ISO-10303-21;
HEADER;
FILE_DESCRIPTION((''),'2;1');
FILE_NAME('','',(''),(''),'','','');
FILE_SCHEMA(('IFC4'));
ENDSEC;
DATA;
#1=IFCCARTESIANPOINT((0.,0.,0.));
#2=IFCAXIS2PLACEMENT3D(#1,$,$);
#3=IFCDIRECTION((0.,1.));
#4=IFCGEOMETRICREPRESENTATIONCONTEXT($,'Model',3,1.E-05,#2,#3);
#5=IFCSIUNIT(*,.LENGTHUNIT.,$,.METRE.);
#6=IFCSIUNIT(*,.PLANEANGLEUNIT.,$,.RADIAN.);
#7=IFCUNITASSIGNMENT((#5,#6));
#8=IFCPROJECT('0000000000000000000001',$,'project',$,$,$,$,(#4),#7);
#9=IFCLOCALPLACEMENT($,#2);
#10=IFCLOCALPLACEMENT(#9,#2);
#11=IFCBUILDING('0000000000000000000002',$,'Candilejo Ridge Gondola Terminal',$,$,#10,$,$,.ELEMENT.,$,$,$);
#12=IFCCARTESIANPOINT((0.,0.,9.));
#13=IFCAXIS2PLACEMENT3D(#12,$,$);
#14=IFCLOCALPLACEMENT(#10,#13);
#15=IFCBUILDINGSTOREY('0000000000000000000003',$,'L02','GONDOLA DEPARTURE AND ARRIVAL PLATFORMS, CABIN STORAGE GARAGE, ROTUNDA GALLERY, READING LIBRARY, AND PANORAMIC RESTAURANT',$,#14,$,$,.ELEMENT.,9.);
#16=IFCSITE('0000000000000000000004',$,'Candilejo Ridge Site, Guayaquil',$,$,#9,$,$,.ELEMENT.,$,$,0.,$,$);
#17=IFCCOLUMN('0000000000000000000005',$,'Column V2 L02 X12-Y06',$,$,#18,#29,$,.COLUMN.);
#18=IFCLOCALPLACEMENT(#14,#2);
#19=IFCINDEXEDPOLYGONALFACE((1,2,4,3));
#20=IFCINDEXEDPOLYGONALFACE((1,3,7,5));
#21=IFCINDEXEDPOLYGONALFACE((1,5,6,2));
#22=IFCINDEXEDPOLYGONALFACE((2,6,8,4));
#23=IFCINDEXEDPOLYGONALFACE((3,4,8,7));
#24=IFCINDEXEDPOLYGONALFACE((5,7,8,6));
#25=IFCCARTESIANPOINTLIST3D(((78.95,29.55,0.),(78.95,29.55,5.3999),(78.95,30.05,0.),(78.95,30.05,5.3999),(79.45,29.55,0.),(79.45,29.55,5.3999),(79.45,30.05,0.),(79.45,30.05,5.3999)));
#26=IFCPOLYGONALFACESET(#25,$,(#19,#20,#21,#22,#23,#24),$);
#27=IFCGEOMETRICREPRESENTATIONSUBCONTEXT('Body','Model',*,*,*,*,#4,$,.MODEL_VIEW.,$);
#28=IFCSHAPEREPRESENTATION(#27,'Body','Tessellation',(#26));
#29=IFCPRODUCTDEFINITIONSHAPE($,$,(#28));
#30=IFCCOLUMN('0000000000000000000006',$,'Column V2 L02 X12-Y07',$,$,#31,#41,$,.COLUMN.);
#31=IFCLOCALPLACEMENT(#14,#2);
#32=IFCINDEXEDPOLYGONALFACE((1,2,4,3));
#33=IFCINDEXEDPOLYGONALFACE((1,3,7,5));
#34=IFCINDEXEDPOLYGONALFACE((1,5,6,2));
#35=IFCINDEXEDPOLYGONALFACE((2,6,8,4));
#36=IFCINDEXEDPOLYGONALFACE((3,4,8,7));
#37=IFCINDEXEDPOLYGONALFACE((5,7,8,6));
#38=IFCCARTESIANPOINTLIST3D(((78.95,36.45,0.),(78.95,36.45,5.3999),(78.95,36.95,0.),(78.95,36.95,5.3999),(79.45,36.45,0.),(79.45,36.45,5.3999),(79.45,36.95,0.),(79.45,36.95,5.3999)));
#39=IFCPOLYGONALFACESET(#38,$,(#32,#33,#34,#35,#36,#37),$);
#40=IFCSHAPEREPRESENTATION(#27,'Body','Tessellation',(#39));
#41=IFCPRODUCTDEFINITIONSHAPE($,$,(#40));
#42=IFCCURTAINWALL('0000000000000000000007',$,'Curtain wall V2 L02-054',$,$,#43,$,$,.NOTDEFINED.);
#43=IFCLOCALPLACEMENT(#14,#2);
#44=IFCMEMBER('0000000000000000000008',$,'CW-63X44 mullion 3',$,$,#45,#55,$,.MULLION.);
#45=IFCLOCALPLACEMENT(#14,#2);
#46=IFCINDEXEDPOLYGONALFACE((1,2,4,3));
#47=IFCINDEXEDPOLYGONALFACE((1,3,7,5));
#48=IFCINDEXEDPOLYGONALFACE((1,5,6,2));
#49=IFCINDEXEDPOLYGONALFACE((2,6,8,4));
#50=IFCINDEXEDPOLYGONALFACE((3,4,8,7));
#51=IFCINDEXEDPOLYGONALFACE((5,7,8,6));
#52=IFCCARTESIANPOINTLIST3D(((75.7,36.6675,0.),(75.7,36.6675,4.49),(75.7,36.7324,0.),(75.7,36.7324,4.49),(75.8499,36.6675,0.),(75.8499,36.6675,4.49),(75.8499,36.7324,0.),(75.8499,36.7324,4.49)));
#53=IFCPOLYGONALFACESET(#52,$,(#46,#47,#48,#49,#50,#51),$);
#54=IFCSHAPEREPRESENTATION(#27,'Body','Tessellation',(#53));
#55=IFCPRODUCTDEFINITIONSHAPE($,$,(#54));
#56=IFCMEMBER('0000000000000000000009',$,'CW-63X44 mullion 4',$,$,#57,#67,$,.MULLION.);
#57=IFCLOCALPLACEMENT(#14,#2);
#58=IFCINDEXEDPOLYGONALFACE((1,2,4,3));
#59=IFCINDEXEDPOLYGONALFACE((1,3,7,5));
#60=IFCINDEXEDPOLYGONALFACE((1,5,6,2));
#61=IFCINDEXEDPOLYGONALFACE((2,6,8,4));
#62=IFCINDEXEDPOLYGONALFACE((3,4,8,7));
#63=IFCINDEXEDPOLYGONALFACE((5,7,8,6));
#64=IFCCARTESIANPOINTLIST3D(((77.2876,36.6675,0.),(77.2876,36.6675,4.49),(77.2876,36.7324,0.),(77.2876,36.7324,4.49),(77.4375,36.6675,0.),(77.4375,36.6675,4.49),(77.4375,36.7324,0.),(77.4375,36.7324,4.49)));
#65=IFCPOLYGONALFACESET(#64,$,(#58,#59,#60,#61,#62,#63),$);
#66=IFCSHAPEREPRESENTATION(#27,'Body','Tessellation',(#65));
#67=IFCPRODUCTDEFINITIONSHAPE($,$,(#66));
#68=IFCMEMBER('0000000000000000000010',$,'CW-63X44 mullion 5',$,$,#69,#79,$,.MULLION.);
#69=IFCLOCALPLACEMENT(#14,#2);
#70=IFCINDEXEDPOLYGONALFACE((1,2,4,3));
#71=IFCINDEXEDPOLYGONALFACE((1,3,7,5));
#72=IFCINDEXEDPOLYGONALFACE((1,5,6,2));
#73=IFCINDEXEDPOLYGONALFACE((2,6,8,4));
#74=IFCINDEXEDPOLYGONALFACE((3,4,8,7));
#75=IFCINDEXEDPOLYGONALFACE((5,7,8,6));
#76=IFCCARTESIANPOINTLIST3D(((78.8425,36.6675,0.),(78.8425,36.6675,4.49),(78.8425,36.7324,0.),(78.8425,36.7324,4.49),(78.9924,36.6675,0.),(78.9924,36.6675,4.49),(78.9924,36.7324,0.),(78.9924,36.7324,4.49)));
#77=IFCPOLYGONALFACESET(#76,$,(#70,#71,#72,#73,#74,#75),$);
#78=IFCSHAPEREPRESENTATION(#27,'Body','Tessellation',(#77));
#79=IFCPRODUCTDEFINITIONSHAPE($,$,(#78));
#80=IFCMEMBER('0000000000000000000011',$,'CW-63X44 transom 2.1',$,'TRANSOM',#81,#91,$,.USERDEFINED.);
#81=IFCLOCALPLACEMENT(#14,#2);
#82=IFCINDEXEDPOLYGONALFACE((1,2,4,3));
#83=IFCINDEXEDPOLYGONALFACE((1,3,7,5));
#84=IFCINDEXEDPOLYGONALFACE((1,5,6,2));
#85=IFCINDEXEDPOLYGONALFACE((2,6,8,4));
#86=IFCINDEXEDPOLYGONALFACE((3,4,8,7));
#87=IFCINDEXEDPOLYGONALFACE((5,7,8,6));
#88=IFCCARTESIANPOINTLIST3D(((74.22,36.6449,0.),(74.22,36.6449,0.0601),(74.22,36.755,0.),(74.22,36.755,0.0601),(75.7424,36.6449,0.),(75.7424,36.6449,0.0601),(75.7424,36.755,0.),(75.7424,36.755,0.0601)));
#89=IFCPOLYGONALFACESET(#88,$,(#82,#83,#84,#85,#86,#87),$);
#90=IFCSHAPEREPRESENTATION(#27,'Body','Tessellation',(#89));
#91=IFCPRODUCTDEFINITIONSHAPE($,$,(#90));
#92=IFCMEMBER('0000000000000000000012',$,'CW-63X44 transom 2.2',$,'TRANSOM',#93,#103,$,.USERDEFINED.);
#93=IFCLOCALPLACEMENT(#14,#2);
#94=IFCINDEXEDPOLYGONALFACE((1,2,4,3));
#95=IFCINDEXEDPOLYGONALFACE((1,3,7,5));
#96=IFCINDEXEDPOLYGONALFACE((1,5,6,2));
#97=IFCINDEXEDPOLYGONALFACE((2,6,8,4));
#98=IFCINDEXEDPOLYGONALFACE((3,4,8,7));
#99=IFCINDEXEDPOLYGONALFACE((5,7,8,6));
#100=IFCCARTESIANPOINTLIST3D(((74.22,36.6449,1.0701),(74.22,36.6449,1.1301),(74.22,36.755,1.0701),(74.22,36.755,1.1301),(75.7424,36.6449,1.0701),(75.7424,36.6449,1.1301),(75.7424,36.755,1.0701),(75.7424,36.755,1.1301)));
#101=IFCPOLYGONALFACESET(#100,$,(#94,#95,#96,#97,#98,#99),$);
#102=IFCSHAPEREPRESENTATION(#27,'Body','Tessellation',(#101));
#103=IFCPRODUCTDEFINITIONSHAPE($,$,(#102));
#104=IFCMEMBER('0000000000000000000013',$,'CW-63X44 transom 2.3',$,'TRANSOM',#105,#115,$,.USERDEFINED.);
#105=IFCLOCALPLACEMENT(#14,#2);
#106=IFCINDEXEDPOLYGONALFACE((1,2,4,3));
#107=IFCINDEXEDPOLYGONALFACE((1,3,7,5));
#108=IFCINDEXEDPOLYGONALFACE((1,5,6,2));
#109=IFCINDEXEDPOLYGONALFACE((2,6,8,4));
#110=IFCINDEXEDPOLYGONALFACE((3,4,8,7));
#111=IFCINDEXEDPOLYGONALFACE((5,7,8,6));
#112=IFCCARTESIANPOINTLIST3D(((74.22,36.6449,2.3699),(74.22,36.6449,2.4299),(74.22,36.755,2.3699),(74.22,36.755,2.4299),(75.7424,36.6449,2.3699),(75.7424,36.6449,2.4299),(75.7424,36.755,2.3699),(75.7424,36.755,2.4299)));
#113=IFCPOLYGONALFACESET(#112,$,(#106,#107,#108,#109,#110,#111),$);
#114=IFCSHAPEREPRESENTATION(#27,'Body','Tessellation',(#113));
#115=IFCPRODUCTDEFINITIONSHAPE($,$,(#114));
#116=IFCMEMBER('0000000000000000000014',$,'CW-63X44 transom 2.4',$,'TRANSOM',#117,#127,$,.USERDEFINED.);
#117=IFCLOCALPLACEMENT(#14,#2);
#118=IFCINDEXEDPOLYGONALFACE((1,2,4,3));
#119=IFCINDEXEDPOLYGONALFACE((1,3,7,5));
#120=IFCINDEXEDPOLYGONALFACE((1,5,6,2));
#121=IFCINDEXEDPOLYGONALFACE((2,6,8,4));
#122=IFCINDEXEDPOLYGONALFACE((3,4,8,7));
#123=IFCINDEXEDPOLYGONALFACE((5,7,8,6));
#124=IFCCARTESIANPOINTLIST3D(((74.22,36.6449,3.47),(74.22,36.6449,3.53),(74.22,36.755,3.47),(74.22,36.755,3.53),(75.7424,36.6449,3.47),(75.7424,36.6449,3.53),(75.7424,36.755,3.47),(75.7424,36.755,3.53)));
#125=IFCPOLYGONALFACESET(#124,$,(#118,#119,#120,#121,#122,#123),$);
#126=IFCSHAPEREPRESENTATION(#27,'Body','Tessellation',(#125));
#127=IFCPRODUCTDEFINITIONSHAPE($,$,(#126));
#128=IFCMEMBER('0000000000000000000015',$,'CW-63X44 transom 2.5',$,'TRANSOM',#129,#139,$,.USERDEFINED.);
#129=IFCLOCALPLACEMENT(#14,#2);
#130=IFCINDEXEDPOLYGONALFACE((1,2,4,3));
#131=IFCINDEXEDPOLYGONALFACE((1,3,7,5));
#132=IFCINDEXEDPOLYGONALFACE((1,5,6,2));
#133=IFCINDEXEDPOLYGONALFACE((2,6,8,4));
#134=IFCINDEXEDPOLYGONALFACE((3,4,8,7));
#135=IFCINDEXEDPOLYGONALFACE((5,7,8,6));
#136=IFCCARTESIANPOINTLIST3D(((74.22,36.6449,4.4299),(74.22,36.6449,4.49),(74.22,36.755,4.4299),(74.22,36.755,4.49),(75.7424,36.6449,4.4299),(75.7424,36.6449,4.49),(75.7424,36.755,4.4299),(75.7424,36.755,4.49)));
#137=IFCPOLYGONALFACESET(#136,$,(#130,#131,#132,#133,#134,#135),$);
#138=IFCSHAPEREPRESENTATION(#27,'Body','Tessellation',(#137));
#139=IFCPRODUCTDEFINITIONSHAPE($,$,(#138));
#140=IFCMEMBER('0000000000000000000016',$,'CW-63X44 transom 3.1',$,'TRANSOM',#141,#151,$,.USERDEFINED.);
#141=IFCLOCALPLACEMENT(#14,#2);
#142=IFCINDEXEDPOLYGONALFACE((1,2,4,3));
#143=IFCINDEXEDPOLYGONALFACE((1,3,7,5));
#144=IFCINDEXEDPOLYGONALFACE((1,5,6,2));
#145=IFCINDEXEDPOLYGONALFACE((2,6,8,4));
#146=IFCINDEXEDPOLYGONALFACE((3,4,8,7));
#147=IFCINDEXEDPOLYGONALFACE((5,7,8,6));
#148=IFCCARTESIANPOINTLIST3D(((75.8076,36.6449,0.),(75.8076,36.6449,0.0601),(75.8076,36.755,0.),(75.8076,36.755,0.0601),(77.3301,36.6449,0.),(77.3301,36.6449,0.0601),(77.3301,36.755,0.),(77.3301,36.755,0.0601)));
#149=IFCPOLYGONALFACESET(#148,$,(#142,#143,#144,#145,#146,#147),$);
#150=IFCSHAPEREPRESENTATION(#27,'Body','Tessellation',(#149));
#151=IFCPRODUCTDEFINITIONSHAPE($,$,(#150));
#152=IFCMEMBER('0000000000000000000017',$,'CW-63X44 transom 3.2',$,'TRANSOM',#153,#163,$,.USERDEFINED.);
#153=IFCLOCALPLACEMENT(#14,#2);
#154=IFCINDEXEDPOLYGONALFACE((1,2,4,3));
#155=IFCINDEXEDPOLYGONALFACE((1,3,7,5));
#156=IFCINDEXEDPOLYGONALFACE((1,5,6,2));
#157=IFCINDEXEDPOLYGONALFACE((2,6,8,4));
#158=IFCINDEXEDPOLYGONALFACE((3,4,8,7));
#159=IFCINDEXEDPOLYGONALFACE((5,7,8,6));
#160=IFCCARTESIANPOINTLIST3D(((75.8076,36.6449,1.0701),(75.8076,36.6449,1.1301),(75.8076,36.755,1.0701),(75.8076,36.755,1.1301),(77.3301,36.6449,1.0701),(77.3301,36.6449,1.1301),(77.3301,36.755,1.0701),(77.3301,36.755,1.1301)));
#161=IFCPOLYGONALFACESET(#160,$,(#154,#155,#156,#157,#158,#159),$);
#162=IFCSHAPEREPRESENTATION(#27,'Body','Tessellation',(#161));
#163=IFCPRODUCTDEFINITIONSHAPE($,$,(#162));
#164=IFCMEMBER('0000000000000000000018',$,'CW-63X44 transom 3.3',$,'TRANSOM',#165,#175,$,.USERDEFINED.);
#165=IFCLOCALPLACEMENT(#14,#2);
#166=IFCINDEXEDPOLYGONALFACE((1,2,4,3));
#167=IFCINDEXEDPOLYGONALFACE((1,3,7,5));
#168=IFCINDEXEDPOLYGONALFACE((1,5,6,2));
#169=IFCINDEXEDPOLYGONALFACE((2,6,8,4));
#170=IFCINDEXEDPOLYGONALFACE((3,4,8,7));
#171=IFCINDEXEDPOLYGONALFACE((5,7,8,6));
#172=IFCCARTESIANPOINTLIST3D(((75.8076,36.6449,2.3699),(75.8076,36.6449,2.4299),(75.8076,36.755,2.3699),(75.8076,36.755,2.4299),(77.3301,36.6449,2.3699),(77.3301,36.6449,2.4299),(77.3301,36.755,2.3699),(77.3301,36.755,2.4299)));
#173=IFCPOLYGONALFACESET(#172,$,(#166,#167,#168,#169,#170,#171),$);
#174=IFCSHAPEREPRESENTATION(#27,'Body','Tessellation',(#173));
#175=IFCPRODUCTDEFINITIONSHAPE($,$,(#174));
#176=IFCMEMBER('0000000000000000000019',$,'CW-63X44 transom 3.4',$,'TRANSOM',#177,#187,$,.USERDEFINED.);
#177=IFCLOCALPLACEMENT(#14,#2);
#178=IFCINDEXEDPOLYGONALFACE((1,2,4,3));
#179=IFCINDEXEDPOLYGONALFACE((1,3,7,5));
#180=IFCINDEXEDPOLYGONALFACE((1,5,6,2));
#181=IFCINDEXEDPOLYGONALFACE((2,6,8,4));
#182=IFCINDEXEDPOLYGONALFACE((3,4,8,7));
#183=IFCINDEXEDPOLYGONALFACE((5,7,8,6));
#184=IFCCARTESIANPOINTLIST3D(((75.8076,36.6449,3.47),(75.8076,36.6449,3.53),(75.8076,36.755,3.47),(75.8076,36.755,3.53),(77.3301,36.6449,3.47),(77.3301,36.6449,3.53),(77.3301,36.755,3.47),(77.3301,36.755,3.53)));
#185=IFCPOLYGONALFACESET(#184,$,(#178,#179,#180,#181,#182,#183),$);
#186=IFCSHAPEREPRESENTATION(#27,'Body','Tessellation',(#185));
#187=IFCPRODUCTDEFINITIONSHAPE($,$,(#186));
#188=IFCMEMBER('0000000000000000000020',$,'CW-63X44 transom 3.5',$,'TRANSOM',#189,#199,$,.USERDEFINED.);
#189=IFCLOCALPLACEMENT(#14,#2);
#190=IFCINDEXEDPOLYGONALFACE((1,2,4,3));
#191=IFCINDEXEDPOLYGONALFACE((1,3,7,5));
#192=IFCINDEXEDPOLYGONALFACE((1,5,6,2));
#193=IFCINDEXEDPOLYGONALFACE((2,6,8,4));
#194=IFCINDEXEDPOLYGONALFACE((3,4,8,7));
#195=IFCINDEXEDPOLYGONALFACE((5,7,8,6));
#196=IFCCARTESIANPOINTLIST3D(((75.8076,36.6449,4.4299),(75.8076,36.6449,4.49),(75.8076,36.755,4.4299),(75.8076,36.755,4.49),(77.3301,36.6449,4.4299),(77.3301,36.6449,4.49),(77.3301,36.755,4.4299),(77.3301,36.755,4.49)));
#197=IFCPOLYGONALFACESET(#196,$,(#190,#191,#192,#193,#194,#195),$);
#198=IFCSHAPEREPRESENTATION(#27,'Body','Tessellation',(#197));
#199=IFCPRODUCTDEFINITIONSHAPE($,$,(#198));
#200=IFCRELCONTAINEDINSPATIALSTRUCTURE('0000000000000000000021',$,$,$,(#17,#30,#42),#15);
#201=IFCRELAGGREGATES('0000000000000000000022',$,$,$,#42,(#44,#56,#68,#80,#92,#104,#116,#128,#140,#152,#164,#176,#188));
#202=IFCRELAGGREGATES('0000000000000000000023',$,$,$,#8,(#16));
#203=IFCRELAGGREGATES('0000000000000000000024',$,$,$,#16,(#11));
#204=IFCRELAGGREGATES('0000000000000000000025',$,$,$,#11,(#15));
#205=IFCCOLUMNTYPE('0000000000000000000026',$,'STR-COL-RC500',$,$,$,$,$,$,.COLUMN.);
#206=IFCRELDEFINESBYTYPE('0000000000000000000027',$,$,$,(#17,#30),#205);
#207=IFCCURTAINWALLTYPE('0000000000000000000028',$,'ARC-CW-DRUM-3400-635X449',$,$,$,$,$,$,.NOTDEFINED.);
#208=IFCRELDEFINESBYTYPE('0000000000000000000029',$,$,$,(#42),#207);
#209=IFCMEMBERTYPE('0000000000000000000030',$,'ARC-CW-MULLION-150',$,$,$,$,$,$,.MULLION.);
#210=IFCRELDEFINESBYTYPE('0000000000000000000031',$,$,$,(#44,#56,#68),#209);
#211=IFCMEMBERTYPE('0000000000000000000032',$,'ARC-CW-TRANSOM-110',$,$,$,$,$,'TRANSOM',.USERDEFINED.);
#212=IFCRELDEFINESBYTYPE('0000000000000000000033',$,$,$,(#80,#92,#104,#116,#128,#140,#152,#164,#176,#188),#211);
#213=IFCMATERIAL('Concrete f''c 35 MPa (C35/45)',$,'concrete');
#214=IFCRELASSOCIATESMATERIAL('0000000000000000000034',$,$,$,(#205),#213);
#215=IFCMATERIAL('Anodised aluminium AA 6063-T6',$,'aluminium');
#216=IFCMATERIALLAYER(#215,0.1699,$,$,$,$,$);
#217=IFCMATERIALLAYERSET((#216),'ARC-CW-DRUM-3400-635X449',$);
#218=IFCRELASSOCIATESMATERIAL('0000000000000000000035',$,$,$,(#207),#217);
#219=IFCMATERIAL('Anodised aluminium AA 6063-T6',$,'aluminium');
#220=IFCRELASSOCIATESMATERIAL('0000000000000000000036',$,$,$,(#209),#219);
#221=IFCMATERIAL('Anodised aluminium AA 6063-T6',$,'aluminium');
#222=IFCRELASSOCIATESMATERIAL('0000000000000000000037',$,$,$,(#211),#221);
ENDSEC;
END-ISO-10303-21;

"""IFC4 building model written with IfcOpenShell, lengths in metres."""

from ifc_helpers import new_model, si_unit, direction, frame, origin, origin_2d, place, context, subcontext, project, spatial, rectangle, extrude, material, layer, layer_set, material_profile, profile_set, type_object, element, aggregate, save


model = new_model("IFC4")

# Units and contexts
model_context = context("Model", 3, precision=1e-05, world=origin(), true_north=direction((0.0, 1.0)))
body_context = subcontext(model_context, "Body", "Model", "MODEL_VIEW")
ifc_project = project(units=[si_unit("LENGTHUNIT", "METRE"), si_unit("PLANEANGLEUNIT", "RADIAN")], contexts=[model_context])

# Site, building, storey
site_placement = place(None, origin())
site = spatial("IfcSite", under=ifc_project, at=site_placement, Name="Candilejo Ridge Site, Guayaquil", CompositionType="ELEMENT", RefElevation=0.0)
building_placement = place(site_placement, origin())
building = spatial("IfcBuilding", under=site, at=building_placement, Name="Candilejo Ridge Gondola Terminal", CompositionType="ELEMENT")
storey_placement = place(building_placement, frame((0.0, 0.0, 9.0)))
storey = spatial("IfcBuildingStorey", under=building, at=storey_placement, Name="L02", Description="GONDOLA DEPARTURE AND ARRIVAL PLATFORMS, CABIN STORAGE GARAGE, ROTUNDA GALLERY, READING LIBRARY, AND PANORAMIC RESTAURANT", CompositionType="ELEMENT", Elevation=9.0)

# Columns
ifc_material_1 = material(Name="Concrete f'c 35 MPa (C35/45)", Category="concrete")
ifc_material_profile_1 = material_profile(ifc_material_1, rectangle(XDim=0.5, YDim=0.5, at=origin_2d()))
ifc_profile_set_1 = profile_set([ifc_material_profile_1], Name="Concrete f'c 35 MPa (C35/45)")
column_type = type_object("IfcColumnType", Name="STR-COL-RC500", PredefinedType="COLUMN", material=ifc_profile_set_1)
for number, where, z_axis, x_axis, name in (
    (1, (79.2, 29.8, 0.0), (0.0, 0.0, 1.0), (1.0, 0.0, 0.0), "Column V2 L02 X12-Y06"),
    (2, (79.2, 36.7, 0.0), (0.0, 0.0, 1.0), (1.0, 0.0, 0.0), "Column V2 L02 X12-Y07"),
):
    element("IfcColumn", number, at=place(storey_placement, frame(where, z_axis=z_axis, x_axis=x_axis)), inside=storey, type_object=column_type, Name=name, PredefinedType="COLUMN", context=body_context, shape_type="SweptSolid", body=[
        extrude(rectangle(XDim=0.5, YDim=0.5, at=origin_2d()), origin(), (0.0, 0.0, 1.0), 5.3999),
    ])

# Curtain wall, members
ifc_material_2 = material(Name="Anodised aluminium AA 6063-T6", Category="aluminium")
ifc_layer_1 = layer(ifc_material_2, 0.1699)
ifc_layer_set_1 = layer_set([ifc_layer_1], Name="ARC-CW-DRUM-3400-635X449")
curtain_wall_type = type_object("IfcCurtainWallType", Name="ARC-CW-DRUM-3400-635X449", PredefinedType="NOTDEFINED", material=ifc_layer_set_1)
curtain_wall_placement = place(storey_placement, origin())
curtain_wall = element("IfcCurtainWall", 3, at=curtain_wall_placement, inside=storey, type_object=curtain_wall_type, Name="Curtain wall V2 L02-054", PredefinedType="NOTDEFINED")
ifc_material_3 = material(Name="Anodised aluminium AA 6063-T6", Category="aluminium")
ifc_material_profile_2 = material_profile(ifc_material_3, rectangle(XDim=0.0649, YDim=0.1499, at=origin_2d()))
ifc_profile_set_2 = profile_set([ifc_material_profile_2], Name="Anodised aluminium AA 6063-T6")
member_type_1 = type_object("IfcMemberType", Name="ARC-CW-MULLION-150", PredefinedType="MULLION", material=ifc_profile_set_2)
member_1_placement = place(storey_placement, frame((75.7749, 36.7, 0.0), z_axis=(0.0, 0.0, 1.0), x_axis=(0.0, 1.0, 0.0)))
member_1 = element("IfcMember", 4, at=member_1_placement, type_object=member_type_1, Name="CW-63X44 mullion 3", PredefinedType="MULLION", context=body_context, shape_type="SweptSolid", body=[
    extrude(rectangle(XDim=0.0649, YDim=0.1499, at=origin_2d()), origin(), (0.0, 0.0, 1.0), 4.49),
])
member_2_placement = place(storey_placement, frame((77.3625, 36.7, 0.0), z_axis=(0.0, 0.0, 1.0), x_axis=(0.0, 1.0, 0.0)))
member_2 = element("IfcMember", 5, at=member_2_placement, type_object=member_type_1, Name="CW-63X44 mullion 4", PredefinedType="MULLION", context=body_context, shape_type="SweptSolid", body=[
    extrude(rectangle(XDim=0.0649, YDim=0.1499, at=origin_2d()), origin(), (0.0, 0.0, 1.0), 4.49),
])
member_3_placement = place(storey_placement, frame((78.9175, 36.7, 0.0), z_axis=(0.0, 0.0, 1.0), x_axis=(0.0, 1.0, 0.0)))
member_3 = element("IfcMember", 6, at=member_3_placement, type_object=member_type_1, Name="CW-63X44 mullion 5", PredefinedType="MULLION", context=body_context, shape_type="SweptSolid", body=[
    extrude(rectangle(XDim=0.0649, YDim=0.1499, at=origin_2d()), origin(), (0.0, 0.0, 1.0), 4.49),
])
ifc_material_4 = material(Name="Anodised aluminium AA 6063-T6", Category="aluminium")
ifc_material_profile_3 = material_profile(ifc_material_4, rectangle(XDim=0.1101, YDim=0.0601, at=origin_2d()))
ifc_profile_set_3 = profile_set([ifc_material_profile_3], Name="Anodised aluminium AA 6063-T6")
member_type_2 = type_object("IfcMemberType", Name="ARC-CW-TRANSOM-110", ElementType="TRANSOM", PredefinedType="USERDEFINED", material=ifc_profile_set_3)
member_4_placement = place(storey_placement, frame((74.22, 36.7, 0.03), z_axis=(1.0, 0.0, 0.0), x_axis=(0.0, 1.0, 0.0)))
member_4 = element("IfcMember", 7, at=member_4_placement, type_object=member_type_2, Name="CW-63X44 transom 2.1", ObjectType="TRANSOM", PredefinedType="USERDEFINED", context=body_context, shape_type="SweptSolid", body=[
    extrude(rectangle(XDim=0.1101, YDim=0.0601, at=origin_2d()), origin(), (0.0, 0.0, 1.0), 1.5225),
])
member_5_placement = place(storey_placement, frame((74.22, 36.7, 1.1001), z_axis=(1.0, 0.0, 0.0), x_axis=(0.0, 1.0, 0.0)))
member_5 = element("IfcMember", 8, at=member_5_placement, type_object=member_type_2, Name="CW-63X44 transom 2.2", ObjectType="TRANSOM", PredefinedType="USERDEFINED", context=body_context, shape_type="SweptSolid", body=[
    extrude(rectangle(XDim=0.1101, YDim=0.0601, at=origin_2d()), origin(), (0.0, 0.0, 1.0), 1.5225),
])
member_6_placement = place(storey_placement, frame((74.22, 36.7, 2.3999), z_axis=(1.0, 0.0, 0.0), x_axis=(0.0, 1.0, 0.0)))
member_6 = element("IfcMember", 9, at=member_6_placement, type_object=member_type_2, Name="CW-63X44 transom 2.3", ObjectType="TRANSOM", PredefinedType="USERDEFINED", context=body_context, shape_type="SweptSolid", body=[
    extrude(rectangle(XDim=0.1101, YDim=0.0601, at=origin_2d()), origin(), (0.0, 0.0, 1.0), 1.5225),
])
member_7_placement = place(storey_placement, frame((74.22, 36.7, 3.5), z_axis=(1.0, 0.0, 0.0), x_axis=(0.0, 1.0, 0.0)))
member_7 = element("IfcMember", 10, at=member_7_placement, type_object=member_type_2, Name="CW-63X44 transom 2.4", ObjectType="TRANSOM", PredefinedType="USERDEFINED", context=body_context, shape_type="SweptSolid", body=[
    extrude(rectangle(XDim=0.1101, YDim=0.0601, at=origin_2d()), origin(), (0.0, 0.0, 1.0), 1.5225),
])
member_8_placement = place(storey_placement, frame((74.22, 36.7, 4.46), z_axis=(1.0, 0.0, 0.0), x_axis=(0.0, 1.0, 0.0)))
member_8 = element("IfcMember", 11, at=member_8_placement, type_object=member_type_2, Name="CW-63X44 transom 2.5", ObjectType="TRANSOM", PredefinedType="USERDEFINED", context=body_context, shape_type="SweptSolid", body=[
    extrude(rectangle(XDim=0.1101, YDim=0.0601, at=origin_2d()), origin(), (0.0, 0.0, 1.0), 1.5225),
])
member_9_placement = place(storey_placement, frame((75.8076, 36.7, 0.03), z_axis=(1.0, 0.0, 0.0), x_axis=(0.0, 1.0, 0.0)))
member_9 = element("IfcMember", 12, at=member_9_placement, type_object=member_type_2, Name="CW-63X44 transom 3.1", ObjectType="TRANSOM", PredefinedType="USERDEFINED", context=body_context, shape_type="SweptSolid", body=[
    extrude(rectangle(XDim=0.1101, YDim=0.0601, at=origin_2d()), origin(), (0.0, 0.0, 1.0), 1.5225),
])
member_10_placement = place(storey_placement, frame((75.8076, 36.7, 1.1001), z_axis=(1.0, 0.0, 0.0), x_axis=(0.0, 1.0, 0.0)))
member_10 = element("IfcMember", 13, at=member_10_placement, type_object=member_type_2, Name="CW-63X44 transom 3.2", ObjectType="TRANSOM", PredefinedType="USERDEFINED", context=body_context, shape_type="SweptSolid", body=[
    extrude(rectangle(XDim=0.1101, YDim=0.0601, at=origin_2d()), origin(), (0.0, 0.0, 1.0), 1.5225),
])
member_11_placement = place(storey_placement, frame((75.8076, 36.7, 2.3999), z_axis=(1.0, 0.0, 0.0), x_axis=(0.0, 1.0, 0.0)))
member_11 = element("IfcMember", 14, at=member_11_placement, type_object=member_type_2, Name="CW-63X44 transom 3.3", ObjectType="TRANSOM", PredefinedType="USERDEFINED", context=body_context, shape_type="SweptSolid", body=[
    extrude(rectangle(XDim=0.1101, YDim=0.0601, at=origin_2d()), origin(), (0.0, 0.0, 1.0), 1.5225),
])
member_12_placement = place(storey_placement, frame((75.8076, 36.7, 3.5), z_axis=(1.0, 0.0, 0.0), x_axis=(0.0, 1.0, 0.0)))
member_12 = element("IfcMember", 15, at=member_12_placement, type_object=member_type_2, Name="CW-63X44 transom 3.4", ObjectType="TRANSOM", PredefinedType="USERDEFINED", context=body_context, shape_type="SweptSolid", body=[
    extrude(rectangle(XDim=0.1101, YDim=0.0601, at=origin_2d()), origin(), (0.0, 0.0, 1.0), 1.5225),
])
member_13_placement = place(storey_placement, frame((75.8076, 36.7, 4.46), z_axis=(1.0, 0.0, 0.0), x_axis=(0.0, 1.0, 0.0)))
member_13 = element("IfcMember", 16, at=member_13_placement, type_object=member_type_2, Name="CW-63X44 transom 3.5", ObjectType="TRANSOM", PredefinedType="USERDEFINED", context=body_context, shape_type="SweptSolid", body=[
    extrude(rectangle(XDim=0.1101, YDim=0.0601, at=origin_2d()), origin(), (0.0, 0.0, 1.0), 1.5225),
])
aggregate(curtain_wall, [member_1, member_2, member_3, member_4, member_5, member_6, member_7, member_8, member_9, member_10, member_11, member_12, member_13])

save(model, "model.ifc")
